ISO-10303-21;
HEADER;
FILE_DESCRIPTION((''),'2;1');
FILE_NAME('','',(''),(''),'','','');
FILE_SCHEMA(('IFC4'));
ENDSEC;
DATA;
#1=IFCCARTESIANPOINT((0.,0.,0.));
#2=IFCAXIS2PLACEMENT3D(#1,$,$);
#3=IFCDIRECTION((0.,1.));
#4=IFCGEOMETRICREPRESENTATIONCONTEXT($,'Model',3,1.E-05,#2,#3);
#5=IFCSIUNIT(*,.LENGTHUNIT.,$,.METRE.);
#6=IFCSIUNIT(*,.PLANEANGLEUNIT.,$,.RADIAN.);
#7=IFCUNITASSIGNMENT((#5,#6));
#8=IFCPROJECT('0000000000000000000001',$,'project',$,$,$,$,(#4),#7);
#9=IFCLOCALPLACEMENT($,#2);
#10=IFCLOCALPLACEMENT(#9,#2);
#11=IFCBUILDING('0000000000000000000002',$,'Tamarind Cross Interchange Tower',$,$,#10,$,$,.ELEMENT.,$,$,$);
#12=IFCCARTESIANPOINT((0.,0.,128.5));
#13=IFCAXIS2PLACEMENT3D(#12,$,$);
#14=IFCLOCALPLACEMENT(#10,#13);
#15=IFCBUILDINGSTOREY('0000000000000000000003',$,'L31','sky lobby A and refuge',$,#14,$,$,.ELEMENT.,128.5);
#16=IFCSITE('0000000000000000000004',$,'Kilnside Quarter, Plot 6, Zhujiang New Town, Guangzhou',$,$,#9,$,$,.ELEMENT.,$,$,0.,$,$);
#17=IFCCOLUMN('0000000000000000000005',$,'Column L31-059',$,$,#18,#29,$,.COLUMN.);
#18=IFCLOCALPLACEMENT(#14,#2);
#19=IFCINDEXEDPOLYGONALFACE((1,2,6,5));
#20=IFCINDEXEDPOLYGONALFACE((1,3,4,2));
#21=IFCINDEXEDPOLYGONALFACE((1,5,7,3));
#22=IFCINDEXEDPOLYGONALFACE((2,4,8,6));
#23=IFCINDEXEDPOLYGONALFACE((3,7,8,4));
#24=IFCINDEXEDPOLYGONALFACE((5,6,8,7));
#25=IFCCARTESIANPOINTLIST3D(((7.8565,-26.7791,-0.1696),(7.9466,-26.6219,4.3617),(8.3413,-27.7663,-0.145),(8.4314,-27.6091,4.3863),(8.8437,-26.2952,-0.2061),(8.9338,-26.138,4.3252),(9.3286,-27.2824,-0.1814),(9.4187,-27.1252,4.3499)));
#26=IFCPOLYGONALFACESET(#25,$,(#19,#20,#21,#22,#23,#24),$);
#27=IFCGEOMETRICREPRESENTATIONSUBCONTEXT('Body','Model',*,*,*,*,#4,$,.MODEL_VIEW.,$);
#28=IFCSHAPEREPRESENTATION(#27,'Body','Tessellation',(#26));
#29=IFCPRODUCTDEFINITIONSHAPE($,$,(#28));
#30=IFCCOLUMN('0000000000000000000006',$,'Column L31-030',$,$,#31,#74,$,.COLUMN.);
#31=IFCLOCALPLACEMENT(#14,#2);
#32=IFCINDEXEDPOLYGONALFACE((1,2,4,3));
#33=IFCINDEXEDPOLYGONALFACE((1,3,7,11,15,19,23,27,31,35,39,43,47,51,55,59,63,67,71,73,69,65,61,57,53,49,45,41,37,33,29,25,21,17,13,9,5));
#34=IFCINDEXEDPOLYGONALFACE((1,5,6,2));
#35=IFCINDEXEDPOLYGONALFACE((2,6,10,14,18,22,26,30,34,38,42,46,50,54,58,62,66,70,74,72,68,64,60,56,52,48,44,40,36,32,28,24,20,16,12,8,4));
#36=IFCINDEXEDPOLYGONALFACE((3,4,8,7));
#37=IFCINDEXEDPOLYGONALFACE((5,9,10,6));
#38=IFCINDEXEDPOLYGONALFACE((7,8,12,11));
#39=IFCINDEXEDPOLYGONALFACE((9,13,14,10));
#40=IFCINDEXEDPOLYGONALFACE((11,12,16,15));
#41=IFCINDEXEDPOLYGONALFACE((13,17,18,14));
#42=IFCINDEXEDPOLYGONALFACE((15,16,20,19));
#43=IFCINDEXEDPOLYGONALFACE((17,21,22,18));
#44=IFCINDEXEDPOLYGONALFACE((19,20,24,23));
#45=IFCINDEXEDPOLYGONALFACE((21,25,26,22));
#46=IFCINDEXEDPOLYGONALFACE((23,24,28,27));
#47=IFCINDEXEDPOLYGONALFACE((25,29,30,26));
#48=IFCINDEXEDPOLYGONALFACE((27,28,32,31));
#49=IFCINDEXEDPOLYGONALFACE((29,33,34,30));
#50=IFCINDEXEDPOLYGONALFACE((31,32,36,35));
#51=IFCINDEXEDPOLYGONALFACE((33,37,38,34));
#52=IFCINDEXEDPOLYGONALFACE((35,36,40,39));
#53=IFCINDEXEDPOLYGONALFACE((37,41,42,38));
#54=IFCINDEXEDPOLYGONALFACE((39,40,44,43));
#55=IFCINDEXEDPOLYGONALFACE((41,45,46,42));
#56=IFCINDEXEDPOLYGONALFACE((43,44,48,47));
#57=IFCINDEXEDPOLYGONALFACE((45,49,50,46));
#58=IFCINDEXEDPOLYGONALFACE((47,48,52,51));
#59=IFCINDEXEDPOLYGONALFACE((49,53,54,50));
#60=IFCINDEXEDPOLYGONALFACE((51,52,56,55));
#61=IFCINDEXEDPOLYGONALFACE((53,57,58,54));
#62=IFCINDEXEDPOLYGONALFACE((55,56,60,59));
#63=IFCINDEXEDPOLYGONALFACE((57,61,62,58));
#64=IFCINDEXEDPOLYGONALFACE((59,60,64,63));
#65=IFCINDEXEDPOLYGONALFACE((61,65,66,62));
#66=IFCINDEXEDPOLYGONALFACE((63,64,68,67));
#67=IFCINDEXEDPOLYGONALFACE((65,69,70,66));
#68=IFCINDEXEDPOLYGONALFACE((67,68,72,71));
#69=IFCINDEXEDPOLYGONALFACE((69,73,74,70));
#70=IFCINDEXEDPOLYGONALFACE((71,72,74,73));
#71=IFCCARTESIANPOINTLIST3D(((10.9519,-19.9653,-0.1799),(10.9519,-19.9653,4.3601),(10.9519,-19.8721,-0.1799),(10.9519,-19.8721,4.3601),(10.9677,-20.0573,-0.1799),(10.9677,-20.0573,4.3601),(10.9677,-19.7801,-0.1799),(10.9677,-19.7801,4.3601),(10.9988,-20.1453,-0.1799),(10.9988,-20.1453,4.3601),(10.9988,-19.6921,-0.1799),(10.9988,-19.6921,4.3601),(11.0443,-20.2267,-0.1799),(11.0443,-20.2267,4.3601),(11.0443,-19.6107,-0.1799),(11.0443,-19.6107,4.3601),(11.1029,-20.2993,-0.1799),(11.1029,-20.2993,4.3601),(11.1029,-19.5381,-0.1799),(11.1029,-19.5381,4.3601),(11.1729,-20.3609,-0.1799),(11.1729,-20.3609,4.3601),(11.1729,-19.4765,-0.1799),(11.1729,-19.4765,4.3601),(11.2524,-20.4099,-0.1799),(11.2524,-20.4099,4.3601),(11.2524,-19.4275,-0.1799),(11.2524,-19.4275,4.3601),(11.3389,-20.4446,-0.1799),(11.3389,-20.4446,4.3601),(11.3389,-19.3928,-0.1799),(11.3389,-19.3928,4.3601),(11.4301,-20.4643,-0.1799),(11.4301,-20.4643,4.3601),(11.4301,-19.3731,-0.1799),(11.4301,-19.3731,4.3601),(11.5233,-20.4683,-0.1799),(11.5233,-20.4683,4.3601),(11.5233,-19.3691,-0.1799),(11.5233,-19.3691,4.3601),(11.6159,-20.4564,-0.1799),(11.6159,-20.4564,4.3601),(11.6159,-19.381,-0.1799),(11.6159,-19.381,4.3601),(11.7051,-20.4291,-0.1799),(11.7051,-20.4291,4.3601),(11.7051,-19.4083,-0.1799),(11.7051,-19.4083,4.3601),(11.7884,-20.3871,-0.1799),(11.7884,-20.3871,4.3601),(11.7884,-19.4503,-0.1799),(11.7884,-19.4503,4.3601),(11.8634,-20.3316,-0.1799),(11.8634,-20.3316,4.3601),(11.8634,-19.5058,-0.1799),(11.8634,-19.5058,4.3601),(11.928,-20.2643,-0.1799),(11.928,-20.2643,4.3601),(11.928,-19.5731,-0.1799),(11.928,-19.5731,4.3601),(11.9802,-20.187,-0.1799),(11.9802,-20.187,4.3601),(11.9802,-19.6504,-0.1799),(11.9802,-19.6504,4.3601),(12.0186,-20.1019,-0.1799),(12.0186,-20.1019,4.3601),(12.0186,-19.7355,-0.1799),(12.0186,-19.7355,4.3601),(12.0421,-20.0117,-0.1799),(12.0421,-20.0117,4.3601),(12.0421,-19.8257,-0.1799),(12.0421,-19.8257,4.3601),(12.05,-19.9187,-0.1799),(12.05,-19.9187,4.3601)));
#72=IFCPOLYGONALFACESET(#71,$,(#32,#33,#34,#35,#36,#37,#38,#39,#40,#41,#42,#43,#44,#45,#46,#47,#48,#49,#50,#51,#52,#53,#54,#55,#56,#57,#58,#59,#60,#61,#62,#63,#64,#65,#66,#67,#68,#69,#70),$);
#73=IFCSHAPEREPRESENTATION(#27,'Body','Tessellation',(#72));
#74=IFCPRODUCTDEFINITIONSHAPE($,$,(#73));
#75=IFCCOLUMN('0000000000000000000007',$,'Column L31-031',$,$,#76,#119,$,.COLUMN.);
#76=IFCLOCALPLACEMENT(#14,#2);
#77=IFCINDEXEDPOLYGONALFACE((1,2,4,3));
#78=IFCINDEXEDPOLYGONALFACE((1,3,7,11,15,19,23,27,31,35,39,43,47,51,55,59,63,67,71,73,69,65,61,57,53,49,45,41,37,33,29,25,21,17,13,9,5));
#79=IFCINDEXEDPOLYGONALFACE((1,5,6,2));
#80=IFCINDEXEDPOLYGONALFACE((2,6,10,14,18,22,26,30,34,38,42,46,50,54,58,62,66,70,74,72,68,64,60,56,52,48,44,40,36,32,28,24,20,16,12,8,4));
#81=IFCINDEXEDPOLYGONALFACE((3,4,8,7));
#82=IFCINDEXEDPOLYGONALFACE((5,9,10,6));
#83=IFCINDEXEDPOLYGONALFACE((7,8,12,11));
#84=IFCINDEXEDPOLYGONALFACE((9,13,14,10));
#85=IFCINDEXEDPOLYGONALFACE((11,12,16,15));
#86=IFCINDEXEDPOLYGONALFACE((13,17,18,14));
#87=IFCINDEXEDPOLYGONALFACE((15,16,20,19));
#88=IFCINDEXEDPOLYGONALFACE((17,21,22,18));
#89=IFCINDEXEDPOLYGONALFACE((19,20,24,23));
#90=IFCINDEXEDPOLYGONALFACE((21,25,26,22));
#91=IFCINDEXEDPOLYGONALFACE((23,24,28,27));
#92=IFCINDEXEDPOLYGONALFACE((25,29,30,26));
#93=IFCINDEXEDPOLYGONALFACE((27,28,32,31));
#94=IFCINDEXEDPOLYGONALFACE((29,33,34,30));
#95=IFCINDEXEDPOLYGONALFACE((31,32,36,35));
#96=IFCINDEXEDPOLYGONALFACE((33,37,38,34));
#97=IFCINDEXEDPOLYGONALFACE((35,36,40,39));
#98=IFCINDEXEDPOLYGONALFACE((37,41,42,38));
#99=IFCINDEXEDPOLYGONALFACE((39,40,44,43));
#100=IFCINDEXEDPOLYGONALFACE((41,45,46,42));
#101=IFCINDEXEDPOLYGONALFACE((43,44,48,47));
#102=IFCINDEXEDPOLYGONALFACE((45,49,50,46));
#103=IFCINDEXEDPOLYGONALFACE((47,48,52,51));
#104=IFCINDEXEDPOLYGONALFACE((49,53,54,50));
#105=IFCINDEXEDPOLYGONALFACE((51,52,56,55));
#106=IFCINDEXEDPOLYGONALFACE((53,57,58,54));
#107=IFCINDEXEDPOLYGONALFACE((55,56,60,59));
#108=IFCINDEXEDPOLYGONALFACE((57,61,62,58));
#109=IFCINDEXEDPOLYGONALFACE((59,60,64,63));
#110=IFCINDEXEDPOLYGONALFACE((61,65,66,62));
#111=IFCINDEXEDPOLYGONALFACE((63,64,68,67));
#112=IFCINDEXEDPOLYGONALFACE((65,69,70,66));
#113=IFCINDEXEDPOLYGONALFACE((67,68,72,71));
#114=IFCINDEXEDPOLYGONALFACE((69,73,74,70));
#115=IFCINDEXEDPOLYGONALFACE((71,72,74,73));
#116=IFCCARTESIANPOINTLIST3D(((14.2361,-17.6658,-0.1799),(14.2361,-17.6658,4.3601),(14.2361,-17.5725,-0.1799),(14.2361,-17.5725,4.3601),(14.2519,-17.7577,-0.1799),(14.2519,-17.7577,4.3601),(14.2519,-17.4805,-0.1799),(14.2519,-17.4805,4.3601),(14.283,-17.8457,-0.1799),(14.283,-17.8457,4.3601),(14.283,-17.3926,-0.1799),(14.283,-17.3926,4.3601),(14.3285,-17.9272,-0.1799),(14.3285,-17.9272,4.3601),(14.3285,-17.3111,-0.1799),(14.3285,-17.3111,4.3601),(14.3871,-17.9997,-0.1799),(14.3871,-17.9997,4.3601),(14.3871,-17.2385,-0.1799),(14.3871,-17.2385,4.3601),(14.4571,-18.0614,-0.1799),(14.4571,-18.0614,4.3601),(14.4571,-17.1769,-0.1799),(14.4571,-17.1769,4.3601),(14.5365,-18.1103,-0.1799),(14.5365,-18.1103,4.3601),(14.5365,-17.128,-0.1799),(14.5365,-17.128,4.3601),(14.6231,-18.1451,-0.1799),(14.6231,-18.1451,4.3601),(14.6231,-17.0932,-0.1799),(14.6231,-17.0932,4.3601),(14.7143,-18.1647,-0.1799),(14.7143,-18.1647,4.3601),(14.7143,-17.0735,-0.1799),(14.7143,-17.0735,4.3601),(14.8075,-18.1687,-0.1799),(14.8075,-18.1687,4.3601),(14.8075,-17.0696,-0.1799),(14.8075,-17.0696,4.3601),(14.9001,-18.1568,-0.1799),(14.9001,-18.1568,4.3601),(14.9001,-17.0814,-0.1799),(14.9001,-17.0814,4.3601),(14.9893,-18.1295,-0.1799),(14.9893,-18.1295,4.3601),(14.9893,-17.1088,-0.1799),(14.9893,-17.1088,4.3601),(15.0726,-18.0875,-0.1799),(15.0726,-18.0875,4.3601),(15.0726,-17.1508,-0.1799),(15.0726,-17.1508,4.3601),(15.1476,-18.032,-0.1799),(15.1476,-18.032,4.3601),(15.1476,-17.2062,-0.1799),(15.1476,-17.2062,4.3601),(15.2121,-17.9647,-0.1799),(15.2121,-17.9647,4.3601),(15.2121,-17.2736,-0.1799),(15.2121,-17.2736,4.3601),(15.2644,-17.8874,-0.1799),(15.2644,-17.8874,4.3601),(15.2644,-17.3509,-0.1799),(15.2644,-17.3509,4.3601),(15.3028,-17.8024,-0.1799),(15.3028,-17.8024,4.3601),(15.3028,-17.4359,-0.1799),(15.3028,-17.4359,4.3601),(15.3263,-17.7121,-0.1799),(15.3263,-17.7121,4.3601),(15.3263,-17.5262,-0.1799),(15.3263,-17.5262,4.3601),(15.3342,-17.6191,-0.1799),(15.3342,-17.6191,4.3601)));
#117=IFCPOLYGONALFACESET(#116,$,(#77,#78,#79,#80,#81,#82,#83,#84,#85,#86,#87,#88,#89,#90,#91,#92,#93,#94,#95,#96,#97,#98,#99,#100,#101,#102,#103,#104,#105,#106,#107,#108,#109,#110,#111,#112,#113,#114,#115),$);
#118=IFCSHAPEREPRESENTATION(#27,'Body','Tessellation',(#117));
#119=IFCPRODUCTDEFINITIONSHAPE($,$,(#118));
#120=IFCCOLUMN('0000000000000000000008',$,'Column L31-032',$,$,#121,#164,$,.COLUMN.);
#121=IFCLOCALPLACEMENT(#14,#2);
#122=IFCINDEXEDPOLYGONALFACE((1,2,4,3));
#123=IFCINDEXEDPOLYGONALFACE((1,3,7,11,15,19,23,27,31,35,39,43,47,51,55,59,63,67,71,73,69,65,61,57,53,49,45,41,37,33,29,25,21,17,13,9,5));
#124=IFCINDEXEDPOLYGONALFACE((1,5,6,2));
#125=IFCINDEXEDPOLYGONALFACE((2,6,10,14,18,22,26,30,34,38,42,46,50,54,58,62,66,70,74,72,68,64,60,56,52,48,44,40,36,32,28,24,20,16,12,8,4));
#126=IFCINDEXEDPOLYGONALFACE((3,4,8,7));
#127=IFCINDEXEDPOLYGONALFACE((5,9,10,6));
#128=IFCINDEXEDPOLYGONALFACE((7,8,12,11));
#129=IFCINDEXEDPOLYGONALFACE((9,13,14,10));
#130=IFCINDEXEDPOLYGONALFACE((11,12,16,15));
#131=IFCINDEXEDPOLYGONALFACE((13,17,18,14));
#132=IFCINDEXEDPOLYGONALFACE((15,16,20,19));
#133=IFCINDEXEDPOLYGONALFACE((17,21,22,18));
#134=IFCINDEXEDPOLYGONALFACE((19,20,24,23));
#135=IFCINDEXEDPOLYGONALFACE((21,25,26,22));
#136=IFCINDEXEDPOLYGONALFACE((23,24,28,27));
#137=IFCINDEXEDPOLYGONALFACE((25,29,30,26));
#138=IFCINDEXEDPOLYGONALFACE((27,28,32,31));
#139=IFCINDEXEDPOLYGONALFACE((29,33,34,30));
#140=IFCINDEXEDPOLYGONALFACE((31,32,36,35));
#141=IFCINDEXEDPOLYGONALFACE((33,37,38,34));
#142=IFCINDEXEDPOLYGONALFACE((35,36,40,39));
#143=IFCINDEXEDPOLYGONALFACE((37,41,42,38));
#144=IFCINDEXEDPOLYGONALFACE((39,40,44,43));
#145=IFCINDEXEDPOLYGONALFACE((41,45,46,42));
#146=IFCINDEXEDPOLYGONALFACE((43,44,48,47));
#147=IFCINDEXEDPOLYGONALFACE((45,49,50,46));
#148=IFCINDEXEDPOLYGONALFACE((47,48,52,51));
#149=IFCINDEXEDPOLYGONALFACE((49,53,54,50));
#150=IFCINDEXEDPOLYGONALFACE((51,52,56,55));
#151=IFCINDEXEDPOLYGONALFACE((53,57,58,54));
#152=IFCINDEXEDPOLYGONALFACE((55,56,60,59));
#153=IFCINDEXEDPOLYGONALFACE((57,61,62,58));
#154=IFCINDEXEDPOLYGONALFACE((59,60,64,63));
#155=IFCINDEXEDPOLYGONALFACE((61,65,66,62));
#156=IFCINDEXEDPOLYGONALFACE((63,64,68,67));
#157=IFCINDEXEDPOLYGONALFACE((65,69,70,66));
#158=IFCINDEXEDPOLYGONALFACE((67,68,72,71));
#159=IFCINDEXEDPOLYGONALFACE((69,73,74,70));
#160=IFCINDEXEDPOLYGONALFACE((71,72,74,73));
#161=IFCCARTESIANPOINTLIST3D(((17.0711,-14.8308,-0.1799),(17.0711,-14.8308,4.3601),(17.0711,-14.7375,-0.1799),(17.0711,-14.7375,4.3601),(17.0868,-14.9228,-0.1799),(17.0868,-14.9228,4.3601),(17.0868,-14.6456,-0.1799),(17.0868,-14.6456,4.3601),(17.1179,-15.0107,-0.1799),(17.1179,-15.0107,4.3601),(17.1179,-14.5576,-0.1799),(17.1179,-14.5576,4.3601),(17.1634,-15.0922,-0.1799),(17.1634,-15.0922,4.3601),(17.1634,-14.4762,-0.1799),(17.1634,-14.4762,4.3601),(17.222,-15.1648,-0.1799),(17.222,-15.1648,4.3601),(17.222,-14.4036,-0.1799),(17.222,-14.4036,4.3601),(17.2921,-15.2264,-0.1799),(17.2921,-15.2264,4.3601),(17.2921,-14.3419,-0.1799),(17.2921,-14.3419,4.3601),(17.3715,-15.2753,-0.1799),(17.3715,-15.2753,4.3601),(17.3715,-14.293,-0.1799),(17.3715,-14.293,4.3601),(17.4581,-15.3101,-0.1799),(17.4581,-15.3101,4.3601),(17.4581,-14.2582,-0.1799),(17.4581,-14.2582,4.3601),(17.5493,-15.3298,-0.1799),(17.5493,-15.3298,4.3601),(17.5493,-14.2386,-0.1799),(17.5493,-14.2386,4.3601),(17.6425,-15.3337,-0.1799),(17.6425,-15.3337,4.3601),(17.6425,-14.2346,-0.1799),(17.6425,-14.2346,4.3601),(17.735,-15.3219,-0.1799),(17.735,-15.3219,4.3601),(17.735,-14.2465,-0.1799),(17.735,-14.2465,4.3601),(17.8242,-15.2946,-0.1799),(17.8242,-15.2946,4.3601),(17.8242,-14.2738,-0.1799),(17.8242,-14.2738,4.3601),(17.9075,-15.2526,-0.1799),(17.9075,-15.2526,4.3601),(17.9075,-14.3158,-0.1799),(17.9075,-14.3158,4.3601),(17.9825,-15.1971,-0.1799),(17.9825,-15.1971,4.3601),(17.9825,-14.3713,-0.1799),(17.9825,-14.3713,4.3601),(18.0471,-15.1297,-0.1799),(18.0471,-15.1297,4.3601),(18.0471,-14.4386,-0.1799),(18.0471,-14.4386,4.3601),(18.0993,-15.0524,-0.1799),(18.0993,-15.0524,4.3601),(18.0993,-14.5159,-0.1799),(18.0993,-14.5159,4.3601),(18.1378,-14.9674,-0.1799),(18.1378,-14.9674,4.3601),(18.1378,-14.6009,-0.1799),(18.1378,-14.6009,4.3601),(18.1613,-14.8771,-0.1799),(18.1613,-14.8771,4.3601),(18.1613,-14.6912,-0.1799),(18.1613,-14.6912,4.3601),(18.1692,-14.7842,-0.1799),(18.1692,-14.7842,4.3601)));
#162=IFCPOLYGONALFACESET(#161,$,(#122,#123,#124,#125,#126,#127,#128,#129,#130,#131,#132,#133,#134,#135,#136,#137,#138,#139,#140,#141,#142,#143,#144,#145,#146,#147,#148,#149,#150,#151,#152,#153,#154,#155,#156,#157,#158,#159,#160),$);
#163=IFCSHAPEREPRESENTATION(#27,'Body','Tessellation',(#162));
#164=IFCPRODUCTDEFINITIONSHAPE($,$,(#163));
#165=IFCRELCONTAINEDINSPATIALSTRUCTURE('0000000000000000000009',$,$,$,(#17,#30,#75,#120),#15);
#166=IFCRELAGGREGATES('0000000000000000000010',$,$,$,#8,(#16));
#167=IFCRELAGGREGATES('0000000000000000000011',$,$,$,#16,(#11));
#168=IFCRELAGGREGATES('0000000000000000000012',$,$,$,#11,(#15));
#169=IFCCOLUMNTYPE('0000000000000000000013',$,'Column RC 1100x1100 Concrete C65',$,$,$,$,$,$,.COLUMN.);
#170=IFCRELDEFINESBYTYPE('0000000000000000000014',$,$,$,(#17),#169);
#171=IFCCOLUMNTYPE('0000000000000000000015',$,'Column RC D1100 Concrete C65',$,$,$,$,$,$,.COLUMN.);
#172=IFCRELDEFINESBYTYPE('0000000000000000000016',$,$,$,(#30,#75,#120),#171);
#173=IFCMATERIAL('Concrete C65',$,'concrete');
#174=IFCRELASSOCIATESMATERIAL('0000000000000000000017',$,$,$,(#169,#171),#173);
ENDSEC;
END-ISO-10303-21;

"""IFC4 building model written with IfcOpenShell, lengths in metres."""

from ifc_helpers import new_model, si_unit, direction, frame, origin, origin_2d, place, context, subcontext, project, spatial, rectangle, circle, extrude, material, material_profile, profile_set, type_object, element, save


model = new_model("IFC4")

# Units and contexts
model_context = context("Model", 3, precision=1e-05, world=origin(), true_north=direction((0.0, 1.0)))
body_context = subcontext(model_context, "Body", "Model", "MODEL_VIEW")
ifc_project = project(units=[si_unit("LENGTHUNIT", "METRE"), si_unit("PLANEANGLEUNIT", "RADIAN")], contexts=[model_context])

# Site, building, storey
site_placement = place(None, origin())
site = spatial("IfcSite", under=ifc_project, at=site_placement, Name="Kilnside Quarter, Plot 6, Zhujiang New Town, Guangzhou", CompositionType="ELEMENT", RefElevation=0.0)
building_placement = place(site_placement, origin())
building = spatial("IfcBuilding", under=site, at=building_placement, Name="Tamarind Cross Interchange Tower", CompositionType="ELEMENT")
storey_placement = place(building_placement, frame((0.0, 0.0, 128.5)))
storey = spatial("IfcBuildingStorey", under=building, at=storey_placement, Name="L31", Description="sky lobby A and refuge", CompositionType="ELEMENT", Elevation=128.5)

# Columns
ifc_material_1 = material(Name="Concrete C65", Category="concrete")
ifc_material_profile_1 = material_profile(ifc_material_1, rectangle(XDim=1.1001, YDim=1.1001, at=origin_2d()), Name="RC 1100x1100")
ifc_profile_set_1 = profile_set([ifc_material_profile_1], Name="Concrete C65")
column_type_1 = type_object("IfcColumnType", Name="Column RC 1100x1100 Concrete C65", PredefinedType="COLUMN", material=ifc_profile_set_1)
column_placement = place(storey_placement, frame((8.5925, -27.0308, -0.1755), z_axis=(0.019866, 0.034671, 0.999201), x_axis=(-0.897428, -0.439917, 0.033107)))
element("IfcColumn", 1, at=column_placement, inside=storey, type_object=column_type_1, Name="Column L31-059", PredefinedType="COLUMN", context=body_context, shape_type="SweptSolid", body=[
    extrude(rectangle(XDim=1.1001, YDim=1.1001, at=origin_2d()), origin(), (0.0, 0.0, 1.0), 4.5349),
])
ifc_material_profile_2 = material_profile(ifc_material_1, circle(Radius=0.55, at=origin_2d()), Name="RC D1100")
ifc_profile_set_2 = profile_set([ifc_material_profile_2], Name="Concrete C65")
column_type_2 = type_object("IfcColumnType", Name="Column RC D1100 Concrete C65", PredefinedType="COLUMN", material=ifc_profile_set_2)
for number, where, z_axis, x_axis, name in (
    (2, (11.5, -19.9187, -0.1799), (0.0, 0.0, 1.0), (1.0, 0.0, 0.0), "Column L31-030"),
    (3, (14.7842, -17.6191, -0.1799), (0.0, 0.0, 1.0), (1.0, 0.0, 0.0), "Column L31-031"),
    (4, (17.6191, -14.7842, -0.1799), (0.0, 0.0, 1.0), (1.0, 0.0, 0.0), "Column L31-032"),
):
    element("IfcColumn", number, at=place(storey_placement, frame(where, z_axis=z_axis, x_axis=x_axis)), inside=storey, type_object=column_type_2, Name=name, PredefinedType="COLUMN", context=body_context, shape_type="SweptSolid", body=[
        extrude(circle(Radius=0.55, at=origin_2d()), origin(), (0.0, 0.0, 1.0), 4.54),
    ])

save(model, "model.ifc")
